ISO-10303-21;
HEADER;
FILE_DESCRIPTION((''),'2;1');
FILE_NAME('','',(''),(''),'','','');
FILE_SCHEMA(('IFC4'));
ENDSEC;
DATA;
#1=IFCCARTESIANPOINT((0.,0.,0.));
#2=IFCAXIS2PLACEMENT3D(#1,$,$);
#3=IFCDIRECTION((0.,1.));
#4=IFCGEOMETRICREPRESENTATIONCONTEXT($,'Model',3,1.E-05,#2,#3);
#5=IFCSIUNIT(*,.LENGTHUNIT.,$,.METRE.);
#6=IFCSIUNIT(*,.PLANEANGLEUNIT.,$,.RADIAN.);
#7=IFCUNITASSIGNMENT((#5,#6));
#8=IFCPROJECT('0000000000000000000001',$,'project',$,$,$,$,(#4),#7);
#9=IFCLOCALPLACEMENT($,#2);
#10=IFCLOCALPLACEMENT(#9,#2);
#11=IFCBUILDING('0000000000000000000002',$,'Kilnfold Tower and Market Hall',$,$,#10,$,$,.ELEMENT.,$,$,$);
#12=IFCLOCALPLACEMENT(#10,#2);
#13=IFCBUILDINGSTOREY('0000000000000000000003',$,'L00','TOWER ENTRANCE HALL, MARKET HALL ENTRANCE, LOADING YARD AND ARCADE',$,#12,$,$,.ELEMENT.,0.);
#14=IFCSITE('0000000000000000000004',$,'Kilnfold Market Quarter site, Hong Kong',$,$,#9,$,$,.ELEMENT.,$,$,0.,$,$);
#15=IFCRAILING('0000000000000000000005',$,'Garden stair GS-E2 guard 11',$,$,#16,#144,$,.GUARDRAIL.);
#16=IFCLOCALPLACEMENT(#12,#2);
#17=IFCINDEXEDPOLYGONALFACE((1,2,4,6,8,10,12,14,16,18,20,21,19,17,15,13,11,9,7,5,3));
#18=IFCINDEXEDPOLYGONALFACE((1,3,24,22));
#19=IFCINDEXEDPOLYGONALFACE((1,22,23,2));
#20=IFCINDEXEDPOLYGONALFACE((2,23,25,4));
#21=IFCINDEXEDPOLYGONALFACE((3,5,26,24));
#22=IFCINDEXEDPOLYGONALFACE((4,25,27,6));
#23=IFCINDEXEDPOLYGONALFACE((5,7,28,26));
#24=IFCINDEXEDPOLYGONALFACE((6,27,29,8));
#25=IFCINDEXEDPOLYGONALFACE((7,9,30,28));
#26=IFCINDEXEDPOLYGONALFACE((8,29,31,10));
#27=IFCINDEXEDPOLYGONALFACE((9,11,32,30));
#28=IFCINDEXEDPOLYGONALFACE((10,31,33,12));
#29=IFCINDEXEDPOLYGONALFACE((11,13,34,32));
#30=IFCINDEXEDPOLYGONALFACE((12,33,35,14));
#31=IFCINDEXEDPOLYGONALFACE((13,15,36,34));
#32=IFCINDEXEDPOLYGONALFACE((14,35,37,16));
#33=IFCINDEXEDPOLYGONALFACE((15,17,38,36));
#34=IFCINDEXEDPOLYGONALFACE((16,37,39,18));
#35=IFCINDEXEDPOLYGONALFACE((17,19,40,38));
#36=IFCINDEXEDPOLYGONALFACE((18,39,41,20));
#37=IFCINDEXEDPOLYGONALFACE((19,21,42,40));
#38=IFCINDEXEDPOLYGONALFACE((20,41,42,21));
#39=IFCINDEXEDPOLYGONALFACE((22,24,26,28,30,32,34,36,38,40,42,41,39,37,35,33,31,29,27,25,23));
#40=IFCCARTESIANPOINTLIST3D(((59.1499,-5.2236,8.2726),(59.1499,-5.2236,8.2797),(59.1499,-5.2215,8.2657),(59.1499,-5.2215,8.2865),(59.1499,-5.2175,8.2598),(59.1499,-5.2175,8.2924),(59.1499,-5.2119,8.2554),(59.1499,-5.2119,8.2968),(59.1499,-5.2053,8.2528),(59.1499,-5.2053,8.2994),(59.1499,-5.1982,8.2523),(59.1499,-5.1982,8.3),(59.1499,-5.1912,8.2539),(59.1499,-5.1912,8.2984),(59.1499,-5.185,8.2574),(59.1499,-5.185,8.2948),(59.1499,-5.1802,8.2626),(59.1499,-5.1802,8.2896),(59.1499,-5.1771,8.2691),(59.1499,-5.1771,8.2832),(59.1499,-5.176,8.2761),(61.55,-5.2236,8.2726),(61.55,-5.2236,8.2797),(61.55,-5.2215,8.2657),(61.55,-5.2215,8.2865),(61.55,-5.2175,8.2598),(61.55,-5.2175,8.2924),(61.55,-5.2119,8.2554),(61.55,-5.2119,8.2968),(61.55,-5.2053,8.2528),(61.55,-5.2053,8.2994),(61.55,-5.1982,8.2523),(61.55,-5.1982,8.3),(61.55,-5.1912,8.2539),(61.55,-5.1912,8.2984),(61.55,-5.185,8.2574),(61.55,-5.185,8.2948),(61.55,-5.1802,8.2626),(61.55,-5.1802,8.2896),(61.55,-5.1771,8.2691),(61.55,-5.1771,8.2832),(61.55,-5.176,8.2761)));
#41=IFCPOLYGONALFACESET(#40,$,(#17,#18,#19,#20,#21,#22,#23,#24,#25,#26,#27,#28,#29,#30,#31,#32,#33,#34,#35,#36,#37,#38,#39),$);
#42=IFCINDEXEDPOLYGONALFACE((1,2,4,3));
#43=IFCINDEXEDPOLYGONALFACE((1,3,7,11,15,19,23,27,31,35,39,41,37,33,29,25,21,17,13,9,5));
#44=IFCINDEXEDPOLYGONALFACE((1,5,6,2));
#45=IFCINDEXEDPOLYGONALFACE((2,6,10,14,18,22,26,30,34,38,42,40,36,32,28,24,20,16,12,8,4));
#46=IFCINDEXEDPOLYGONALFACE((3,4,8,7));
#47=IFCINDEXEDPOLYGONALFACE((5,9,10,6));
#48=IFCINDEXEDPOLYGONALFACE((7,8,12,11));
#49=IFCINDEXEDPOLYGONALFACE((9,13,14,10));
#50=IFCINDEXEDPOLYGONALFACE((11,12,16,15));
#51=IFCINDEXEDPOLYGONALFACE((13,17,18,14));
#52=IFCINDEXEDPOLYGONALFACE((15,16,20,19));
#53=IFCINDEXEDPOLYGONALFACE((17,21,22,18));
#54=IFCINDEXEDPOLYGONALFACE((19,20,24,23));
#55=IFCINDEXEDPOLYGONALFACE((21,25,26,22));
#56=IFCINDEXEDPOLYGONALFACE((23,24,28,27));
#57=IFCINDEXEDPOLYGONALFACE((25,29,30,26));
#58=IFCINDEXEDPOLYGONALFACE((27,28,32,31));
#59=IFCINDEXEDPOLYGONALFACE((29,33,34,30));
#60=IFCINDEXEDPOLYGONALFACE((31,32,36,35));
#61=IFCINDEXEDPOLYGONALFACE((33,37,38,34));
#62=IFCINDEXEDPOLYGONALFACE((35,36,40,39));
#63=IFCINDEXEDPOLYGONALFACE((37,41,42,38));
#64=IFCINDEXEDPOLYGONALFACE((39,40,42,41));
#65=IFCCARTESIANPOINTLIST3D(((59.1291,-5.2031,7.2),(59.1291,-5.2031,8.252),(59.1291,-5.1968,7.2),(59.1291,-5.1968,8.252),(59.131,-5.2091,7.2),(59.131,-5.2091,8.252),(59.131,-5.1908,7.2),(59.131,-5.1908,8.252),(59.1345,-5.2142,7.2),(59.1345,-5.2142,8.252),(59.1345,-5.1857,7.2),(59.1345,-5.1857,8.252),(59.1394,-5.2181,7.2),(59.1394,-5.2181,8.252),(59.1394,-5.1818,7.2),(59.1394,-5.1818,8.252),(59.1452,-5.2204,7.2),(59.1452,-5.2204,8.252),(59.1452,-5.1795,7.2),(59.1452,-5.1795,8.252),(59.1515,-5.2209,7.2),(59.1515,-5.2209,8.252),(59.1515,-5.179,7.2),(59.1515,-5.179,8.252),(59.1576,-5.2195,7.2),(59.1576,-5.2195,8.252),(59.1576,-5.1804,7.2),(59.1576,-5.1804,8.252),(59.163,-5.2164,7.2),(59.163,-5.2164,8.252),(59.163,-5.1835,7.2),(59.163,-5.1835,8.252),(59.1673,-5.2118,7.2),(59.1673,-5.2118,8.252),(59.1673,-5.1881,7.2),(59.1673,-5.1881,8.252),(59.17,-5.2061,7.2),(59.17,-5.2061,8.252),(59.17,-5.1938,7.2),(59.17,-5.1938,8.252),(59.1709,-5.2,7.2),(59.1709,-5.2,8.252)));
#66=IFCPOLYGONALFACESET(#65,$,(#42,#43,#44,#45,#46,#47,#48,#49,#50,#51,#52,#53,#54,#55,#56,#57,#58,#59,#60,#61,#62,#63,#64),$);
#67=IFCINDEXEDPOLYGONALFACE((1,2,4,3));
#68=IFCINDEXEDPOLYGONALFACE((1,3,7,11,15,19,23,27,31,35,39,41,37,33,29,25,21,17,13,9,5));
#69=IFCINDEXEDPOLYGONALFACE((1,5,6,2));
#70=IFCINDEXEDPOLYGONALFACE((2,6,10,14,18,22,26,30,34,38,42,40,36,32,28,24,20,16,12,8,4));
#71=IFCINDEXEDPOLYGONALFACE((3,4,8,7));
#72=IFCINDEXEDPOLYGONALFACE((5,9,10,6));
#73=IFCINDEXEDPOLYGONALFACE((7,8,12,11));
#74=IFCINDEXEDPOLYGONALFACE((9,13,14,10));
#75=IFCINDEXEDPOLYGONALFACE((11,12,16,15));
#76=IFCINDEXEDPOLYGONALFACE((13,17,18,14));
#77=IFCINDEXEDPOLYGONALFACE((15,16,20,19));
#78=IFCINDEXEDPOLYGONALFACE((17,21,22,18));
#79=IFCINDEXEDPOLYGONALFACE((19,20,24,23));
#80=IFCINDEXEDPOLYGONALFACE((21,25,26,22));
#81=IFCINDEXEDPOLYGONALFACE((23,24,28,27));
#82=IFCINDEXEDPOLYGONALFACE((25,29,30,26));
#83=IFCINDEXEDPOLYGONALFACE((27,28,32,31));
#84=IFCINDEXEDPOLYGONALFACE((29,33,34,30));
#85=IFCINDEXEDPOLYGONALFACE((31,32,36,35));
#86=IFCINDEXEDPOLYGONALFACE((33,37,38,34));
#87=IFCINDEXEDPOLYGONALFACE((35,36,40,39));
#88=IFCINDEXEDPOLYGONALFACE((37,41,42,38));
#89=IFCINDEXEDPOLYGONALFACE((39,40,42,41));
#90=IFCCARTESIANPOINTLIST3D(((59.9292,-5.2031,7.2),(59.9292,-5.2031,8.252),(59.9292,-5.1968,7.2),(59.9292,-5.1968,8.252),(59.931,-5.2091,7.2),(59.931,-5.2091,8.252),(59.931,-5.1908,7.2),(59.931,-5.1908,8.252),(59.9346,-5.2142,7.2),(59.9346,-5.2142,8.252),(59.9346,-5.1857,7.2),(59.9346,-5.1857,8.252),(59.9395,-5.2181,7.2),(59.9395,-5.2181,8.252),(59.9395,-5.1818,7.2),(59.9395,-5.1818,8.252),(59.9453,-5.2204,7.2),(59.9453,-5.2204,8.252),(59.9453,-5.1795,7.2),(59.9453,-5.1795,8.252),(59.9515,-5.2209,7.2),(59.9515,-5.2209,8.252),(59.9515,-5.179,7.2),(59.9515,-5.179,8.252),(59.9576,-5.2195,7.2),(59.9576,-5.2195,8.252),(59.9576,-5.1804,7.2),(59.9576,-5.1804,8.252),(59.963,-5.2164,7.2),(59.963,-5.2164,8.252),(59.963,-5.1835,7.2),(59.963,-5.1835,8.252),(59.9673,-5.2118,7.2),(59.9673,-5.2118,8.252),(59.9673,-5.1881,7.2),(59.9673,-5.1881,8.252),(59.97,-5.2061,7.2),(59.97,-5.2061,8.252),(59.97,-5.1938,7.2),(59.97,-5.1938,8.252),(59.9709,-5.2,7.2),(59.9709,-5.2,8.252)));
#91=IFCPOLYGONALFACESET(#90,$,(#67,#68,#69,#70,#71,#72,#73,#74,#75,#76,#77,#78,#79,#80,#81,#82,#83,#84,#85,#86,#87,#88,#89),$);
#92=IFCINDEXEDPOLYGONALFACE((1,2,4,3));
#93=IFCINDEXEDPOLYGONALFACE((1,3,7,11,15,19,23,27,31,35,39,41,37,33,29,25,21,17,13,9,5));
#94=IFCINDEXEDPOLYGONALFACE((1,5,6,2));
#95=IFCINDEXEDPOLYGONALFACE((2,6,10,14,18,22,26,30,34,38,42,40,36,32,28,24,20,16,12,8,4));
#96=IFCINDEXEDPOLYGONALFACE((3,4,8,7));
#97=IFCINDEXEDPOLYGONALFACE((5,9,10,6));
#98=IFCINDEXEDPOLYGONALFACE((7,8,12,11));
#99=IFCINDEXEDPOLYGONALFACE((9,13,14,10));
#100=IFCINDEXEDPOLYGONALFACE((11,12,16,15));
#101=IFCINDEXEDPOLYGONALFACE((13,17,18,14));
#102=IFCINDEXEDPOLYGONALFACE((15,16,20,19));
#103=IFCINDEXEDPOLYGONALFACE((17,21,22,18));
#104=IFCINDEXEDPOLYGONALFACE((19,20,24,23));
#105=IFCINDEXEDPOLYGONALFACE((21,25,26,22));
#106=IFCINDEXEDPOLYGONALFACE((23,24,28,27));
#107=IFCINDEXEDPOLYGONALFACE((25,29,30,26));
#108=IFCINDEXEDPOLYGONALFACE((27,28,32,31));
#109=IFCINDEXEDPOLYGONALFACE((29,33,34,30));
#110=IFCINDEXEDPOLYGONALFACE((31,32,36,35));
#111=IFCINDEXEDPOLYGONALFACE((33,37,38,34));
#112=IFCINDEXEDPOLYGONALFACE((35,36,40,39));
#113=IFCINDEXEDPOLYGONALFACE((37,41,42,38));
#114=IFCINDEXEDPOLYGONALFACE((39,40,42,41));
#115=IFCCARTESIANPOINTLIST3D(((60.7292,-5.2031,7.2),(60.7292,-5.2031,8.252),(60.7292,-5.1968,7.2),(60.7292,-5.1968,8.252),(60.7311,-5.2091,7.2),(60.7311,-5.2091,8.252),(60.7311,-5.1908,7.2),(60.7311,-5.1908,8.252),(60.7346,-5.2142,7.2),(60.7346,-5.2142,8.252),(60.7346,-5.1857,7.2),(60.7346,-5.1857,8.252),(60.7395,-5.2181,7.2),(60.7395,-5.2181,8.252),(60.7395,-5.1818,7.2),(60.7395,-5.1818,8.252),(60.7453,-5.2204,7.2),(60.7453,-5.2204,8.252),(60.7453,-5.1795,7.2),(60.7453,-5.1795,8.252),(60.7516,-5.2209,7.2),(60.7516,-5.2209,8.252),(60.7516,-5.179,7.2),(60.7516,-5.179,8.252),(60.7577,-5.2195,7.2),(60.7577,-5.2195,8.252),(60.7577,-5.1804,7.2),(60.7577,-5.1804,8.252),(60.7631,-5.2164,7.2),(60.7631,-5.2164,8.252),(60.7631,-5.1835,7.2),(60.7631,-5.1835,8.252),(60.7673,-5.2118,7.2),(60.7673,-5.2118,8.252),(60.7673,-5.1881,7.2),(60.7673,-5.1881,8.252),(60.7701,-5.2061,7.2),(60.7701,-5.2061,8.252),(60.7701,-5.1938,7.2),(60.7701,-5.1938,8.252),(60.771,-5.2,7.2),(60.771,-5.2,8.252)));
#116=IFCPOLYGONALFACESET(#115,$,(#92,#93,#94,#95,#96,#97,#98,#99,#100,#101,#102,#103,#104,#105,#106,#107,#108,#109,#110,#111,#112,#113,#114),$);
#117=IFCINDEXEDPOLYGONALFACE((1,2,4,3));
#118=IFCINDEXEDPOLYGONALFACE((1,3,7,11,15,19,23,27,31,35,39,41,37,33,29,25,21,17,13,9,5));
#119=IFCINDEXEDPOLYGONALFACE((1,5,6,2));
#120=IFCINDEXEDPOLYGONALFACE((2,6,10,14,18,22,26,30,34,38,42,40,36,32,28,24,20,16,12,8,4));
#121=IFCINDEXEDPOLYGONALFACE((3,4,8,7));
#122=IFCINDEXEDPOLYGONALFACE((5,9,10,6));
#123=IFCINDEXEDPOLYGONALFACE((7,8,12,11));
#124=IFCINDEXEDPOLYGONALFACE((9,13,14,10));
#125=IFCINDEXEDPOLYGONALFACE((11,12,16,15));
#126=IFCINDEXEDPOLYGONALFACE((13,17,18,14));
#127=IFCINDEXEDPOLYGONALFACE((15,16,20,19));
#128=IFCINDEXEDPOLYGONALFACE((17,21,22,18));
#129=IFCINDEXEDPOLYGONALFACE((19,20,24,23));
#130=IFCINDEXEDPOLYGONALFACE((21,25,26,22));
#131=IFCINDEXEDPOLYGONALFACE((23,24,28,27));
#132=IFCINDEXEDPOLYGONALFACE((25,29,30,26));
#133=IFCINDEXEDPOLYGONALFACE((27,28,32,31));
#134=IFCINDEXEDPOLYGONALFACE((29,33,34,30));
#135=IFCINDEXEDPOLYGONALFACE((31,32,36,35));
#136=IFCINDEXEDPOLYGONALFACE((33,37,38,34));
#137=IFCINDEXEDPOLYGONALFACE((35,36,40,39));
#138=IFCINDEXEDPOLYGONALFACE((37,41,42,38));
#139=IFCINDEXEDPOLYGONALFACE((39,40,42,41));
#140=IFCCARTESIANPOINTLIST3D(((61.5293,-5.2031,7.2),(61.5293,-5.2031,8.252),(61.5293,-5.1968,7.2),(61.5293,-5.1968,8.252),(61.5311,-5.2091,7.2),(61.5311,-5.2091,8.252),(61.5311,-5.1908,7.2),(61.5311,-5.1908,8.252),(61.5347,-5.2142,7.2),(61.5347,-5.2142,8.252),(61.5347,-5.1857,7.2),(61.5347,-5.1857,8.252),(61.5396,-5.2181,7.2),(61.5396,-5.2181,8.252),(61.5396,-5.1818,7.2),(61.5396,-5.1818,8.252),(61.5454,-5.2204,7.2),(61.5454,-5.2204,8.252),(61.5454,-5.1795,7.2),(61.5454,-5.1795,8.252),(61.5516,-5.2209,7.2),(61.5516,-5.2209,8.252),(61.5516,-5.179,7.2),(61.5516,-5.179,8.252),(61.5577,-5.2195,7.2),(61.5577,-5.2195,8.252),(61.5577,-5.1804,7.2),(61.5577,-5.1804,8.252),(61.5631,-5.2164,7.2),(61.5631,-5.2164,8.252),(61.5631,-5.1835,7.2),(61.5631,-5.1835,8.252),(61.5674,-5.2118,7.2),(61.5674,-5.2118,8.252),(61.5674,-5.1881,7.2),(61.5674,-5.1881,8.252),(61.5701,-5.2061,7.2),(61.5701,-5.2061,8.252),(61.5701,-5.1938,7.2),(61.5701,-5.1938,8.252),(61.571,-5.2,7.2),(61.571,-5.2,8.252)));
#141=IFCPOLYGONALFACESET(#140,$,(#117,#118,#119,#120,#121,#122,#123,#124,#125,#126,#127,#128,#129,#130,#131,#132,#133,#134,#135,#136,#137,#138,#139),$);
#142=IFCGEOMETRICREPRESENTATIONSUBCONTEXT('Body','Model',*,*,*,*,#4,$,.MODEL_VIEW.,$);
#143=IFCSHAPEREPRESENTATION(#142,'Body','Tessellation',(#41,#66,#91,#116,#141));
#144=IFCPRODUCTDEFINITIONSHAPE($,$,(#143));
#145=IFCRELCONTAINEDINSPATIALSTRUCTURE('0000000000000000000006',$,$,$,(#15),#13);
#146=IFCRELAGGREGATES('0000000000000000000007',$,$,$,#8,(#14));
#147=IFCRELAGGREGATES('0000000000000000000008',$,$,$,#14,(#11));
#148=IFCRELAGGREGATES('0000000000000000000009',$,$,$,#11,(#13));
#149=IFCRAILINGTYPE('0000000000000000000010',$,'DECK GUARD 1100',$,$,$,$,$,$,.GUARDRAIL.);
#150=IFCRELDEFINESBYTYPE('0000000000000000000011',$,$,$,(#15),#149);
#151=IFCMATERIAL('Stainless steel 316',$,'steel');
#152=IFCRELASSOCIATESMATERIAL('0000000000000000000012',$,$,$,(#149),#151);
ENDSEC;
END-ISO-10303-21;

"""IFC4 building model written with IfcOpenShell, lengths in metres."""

from ifc_helpers import new_model, si_unit, direction, frame, origin, origin_2d, place, context, subcontext, project, spatial, circle, extrude, material, type_object, element, save


model = new_model("IFC4")

# Units and contexts
model_context = context("Model", 3, precision=1e-05, world=origin(), true_north=direction((0.0, 1.0)))
body_context = subcontext(model_context, "Body", "Model", "MODEL_VIEW")
ifc_project = project(units=[si_unit("LENGTHUNIT", "METRE"), si_unit("PLANEANGLEUNIT", "RADIAN")], contexts=[model_context])

# Site, building, storey
site_placement = place(None, origin())
site = spatial("IfcSite", under=ifc_project, at=site_placement, Name="Kilnfold Market Quarter site, Hong Kong", CompositionType="ELEMENT", RefElevation=0.0)
building_placement = place(site_placement, origin())
building = spatial("IfcBuilding", under=site, at=building_placement, Name="Kilnfold Tower and Market Hall", CompositionType="ELEMENT")
storey_placement = place(building_placement, origin())
storey = spatial("IfcBuildingStorey", under=building, at=storey_placement, Name="L00", Description="TOWER ENTRANCE HALL, MARKET HALL ENTRANCE, LOADING YARD AND ARCADE", CompositionType="ELEMENT", Elevation=0.0)

# Railing
ifc_material_1 = material(Name="Stainless steel 316", Category="steel")
railing_type_1 = type_object("IfcRailingType", Name="DECK GUARD 1100", PredefinedType="GUARDRAIL", material=ifc_material_1)
railing_1_placement = place(storey_placement, frame((59.1499, -5.2, 7.2)))
element("IfcRailing", 1, at=railing_1_placement, inside=storey, type_object=railing_type_1, Name="Garden stair GS-E2 guard 11", PredefinedType="GUARDRAIL", context=body_context, shape_type="SweptSolid", body=[
    extrude(circle(Radius=0.0239, at=origin_2d()), frame((0.0, 0.0, 1.0762), z_axis=(1.0, 0.0, 0.0), x_axis=(0.0, 1.0, 0.0)), (0.0, 0.0, 1.0), 2.4001),
    extrude(circle(Radius=0.021, at=origin_2d()), origin(), (0.0, 0.0, 1.0), 1.052),
    extrude(circle(Radius=0.021, at=origin_2d()), frame((0.8, 0.0, 0.0)), (0.0, 0.0, 1.0), 1.052),
    extrude(circle(Radius=0.021, at=origin_2d()), frame((1.6001, 0.0, 0.0)), (0.0, 0.0, 1.0), 1.052),
    extrude(circle(Radius=0.021, at=origin_2d()), frame((2.4001, 0.0, 0.0)), (0.0, 0.0, 1.0), 1.052),
])

save(model, "model.ifc")
